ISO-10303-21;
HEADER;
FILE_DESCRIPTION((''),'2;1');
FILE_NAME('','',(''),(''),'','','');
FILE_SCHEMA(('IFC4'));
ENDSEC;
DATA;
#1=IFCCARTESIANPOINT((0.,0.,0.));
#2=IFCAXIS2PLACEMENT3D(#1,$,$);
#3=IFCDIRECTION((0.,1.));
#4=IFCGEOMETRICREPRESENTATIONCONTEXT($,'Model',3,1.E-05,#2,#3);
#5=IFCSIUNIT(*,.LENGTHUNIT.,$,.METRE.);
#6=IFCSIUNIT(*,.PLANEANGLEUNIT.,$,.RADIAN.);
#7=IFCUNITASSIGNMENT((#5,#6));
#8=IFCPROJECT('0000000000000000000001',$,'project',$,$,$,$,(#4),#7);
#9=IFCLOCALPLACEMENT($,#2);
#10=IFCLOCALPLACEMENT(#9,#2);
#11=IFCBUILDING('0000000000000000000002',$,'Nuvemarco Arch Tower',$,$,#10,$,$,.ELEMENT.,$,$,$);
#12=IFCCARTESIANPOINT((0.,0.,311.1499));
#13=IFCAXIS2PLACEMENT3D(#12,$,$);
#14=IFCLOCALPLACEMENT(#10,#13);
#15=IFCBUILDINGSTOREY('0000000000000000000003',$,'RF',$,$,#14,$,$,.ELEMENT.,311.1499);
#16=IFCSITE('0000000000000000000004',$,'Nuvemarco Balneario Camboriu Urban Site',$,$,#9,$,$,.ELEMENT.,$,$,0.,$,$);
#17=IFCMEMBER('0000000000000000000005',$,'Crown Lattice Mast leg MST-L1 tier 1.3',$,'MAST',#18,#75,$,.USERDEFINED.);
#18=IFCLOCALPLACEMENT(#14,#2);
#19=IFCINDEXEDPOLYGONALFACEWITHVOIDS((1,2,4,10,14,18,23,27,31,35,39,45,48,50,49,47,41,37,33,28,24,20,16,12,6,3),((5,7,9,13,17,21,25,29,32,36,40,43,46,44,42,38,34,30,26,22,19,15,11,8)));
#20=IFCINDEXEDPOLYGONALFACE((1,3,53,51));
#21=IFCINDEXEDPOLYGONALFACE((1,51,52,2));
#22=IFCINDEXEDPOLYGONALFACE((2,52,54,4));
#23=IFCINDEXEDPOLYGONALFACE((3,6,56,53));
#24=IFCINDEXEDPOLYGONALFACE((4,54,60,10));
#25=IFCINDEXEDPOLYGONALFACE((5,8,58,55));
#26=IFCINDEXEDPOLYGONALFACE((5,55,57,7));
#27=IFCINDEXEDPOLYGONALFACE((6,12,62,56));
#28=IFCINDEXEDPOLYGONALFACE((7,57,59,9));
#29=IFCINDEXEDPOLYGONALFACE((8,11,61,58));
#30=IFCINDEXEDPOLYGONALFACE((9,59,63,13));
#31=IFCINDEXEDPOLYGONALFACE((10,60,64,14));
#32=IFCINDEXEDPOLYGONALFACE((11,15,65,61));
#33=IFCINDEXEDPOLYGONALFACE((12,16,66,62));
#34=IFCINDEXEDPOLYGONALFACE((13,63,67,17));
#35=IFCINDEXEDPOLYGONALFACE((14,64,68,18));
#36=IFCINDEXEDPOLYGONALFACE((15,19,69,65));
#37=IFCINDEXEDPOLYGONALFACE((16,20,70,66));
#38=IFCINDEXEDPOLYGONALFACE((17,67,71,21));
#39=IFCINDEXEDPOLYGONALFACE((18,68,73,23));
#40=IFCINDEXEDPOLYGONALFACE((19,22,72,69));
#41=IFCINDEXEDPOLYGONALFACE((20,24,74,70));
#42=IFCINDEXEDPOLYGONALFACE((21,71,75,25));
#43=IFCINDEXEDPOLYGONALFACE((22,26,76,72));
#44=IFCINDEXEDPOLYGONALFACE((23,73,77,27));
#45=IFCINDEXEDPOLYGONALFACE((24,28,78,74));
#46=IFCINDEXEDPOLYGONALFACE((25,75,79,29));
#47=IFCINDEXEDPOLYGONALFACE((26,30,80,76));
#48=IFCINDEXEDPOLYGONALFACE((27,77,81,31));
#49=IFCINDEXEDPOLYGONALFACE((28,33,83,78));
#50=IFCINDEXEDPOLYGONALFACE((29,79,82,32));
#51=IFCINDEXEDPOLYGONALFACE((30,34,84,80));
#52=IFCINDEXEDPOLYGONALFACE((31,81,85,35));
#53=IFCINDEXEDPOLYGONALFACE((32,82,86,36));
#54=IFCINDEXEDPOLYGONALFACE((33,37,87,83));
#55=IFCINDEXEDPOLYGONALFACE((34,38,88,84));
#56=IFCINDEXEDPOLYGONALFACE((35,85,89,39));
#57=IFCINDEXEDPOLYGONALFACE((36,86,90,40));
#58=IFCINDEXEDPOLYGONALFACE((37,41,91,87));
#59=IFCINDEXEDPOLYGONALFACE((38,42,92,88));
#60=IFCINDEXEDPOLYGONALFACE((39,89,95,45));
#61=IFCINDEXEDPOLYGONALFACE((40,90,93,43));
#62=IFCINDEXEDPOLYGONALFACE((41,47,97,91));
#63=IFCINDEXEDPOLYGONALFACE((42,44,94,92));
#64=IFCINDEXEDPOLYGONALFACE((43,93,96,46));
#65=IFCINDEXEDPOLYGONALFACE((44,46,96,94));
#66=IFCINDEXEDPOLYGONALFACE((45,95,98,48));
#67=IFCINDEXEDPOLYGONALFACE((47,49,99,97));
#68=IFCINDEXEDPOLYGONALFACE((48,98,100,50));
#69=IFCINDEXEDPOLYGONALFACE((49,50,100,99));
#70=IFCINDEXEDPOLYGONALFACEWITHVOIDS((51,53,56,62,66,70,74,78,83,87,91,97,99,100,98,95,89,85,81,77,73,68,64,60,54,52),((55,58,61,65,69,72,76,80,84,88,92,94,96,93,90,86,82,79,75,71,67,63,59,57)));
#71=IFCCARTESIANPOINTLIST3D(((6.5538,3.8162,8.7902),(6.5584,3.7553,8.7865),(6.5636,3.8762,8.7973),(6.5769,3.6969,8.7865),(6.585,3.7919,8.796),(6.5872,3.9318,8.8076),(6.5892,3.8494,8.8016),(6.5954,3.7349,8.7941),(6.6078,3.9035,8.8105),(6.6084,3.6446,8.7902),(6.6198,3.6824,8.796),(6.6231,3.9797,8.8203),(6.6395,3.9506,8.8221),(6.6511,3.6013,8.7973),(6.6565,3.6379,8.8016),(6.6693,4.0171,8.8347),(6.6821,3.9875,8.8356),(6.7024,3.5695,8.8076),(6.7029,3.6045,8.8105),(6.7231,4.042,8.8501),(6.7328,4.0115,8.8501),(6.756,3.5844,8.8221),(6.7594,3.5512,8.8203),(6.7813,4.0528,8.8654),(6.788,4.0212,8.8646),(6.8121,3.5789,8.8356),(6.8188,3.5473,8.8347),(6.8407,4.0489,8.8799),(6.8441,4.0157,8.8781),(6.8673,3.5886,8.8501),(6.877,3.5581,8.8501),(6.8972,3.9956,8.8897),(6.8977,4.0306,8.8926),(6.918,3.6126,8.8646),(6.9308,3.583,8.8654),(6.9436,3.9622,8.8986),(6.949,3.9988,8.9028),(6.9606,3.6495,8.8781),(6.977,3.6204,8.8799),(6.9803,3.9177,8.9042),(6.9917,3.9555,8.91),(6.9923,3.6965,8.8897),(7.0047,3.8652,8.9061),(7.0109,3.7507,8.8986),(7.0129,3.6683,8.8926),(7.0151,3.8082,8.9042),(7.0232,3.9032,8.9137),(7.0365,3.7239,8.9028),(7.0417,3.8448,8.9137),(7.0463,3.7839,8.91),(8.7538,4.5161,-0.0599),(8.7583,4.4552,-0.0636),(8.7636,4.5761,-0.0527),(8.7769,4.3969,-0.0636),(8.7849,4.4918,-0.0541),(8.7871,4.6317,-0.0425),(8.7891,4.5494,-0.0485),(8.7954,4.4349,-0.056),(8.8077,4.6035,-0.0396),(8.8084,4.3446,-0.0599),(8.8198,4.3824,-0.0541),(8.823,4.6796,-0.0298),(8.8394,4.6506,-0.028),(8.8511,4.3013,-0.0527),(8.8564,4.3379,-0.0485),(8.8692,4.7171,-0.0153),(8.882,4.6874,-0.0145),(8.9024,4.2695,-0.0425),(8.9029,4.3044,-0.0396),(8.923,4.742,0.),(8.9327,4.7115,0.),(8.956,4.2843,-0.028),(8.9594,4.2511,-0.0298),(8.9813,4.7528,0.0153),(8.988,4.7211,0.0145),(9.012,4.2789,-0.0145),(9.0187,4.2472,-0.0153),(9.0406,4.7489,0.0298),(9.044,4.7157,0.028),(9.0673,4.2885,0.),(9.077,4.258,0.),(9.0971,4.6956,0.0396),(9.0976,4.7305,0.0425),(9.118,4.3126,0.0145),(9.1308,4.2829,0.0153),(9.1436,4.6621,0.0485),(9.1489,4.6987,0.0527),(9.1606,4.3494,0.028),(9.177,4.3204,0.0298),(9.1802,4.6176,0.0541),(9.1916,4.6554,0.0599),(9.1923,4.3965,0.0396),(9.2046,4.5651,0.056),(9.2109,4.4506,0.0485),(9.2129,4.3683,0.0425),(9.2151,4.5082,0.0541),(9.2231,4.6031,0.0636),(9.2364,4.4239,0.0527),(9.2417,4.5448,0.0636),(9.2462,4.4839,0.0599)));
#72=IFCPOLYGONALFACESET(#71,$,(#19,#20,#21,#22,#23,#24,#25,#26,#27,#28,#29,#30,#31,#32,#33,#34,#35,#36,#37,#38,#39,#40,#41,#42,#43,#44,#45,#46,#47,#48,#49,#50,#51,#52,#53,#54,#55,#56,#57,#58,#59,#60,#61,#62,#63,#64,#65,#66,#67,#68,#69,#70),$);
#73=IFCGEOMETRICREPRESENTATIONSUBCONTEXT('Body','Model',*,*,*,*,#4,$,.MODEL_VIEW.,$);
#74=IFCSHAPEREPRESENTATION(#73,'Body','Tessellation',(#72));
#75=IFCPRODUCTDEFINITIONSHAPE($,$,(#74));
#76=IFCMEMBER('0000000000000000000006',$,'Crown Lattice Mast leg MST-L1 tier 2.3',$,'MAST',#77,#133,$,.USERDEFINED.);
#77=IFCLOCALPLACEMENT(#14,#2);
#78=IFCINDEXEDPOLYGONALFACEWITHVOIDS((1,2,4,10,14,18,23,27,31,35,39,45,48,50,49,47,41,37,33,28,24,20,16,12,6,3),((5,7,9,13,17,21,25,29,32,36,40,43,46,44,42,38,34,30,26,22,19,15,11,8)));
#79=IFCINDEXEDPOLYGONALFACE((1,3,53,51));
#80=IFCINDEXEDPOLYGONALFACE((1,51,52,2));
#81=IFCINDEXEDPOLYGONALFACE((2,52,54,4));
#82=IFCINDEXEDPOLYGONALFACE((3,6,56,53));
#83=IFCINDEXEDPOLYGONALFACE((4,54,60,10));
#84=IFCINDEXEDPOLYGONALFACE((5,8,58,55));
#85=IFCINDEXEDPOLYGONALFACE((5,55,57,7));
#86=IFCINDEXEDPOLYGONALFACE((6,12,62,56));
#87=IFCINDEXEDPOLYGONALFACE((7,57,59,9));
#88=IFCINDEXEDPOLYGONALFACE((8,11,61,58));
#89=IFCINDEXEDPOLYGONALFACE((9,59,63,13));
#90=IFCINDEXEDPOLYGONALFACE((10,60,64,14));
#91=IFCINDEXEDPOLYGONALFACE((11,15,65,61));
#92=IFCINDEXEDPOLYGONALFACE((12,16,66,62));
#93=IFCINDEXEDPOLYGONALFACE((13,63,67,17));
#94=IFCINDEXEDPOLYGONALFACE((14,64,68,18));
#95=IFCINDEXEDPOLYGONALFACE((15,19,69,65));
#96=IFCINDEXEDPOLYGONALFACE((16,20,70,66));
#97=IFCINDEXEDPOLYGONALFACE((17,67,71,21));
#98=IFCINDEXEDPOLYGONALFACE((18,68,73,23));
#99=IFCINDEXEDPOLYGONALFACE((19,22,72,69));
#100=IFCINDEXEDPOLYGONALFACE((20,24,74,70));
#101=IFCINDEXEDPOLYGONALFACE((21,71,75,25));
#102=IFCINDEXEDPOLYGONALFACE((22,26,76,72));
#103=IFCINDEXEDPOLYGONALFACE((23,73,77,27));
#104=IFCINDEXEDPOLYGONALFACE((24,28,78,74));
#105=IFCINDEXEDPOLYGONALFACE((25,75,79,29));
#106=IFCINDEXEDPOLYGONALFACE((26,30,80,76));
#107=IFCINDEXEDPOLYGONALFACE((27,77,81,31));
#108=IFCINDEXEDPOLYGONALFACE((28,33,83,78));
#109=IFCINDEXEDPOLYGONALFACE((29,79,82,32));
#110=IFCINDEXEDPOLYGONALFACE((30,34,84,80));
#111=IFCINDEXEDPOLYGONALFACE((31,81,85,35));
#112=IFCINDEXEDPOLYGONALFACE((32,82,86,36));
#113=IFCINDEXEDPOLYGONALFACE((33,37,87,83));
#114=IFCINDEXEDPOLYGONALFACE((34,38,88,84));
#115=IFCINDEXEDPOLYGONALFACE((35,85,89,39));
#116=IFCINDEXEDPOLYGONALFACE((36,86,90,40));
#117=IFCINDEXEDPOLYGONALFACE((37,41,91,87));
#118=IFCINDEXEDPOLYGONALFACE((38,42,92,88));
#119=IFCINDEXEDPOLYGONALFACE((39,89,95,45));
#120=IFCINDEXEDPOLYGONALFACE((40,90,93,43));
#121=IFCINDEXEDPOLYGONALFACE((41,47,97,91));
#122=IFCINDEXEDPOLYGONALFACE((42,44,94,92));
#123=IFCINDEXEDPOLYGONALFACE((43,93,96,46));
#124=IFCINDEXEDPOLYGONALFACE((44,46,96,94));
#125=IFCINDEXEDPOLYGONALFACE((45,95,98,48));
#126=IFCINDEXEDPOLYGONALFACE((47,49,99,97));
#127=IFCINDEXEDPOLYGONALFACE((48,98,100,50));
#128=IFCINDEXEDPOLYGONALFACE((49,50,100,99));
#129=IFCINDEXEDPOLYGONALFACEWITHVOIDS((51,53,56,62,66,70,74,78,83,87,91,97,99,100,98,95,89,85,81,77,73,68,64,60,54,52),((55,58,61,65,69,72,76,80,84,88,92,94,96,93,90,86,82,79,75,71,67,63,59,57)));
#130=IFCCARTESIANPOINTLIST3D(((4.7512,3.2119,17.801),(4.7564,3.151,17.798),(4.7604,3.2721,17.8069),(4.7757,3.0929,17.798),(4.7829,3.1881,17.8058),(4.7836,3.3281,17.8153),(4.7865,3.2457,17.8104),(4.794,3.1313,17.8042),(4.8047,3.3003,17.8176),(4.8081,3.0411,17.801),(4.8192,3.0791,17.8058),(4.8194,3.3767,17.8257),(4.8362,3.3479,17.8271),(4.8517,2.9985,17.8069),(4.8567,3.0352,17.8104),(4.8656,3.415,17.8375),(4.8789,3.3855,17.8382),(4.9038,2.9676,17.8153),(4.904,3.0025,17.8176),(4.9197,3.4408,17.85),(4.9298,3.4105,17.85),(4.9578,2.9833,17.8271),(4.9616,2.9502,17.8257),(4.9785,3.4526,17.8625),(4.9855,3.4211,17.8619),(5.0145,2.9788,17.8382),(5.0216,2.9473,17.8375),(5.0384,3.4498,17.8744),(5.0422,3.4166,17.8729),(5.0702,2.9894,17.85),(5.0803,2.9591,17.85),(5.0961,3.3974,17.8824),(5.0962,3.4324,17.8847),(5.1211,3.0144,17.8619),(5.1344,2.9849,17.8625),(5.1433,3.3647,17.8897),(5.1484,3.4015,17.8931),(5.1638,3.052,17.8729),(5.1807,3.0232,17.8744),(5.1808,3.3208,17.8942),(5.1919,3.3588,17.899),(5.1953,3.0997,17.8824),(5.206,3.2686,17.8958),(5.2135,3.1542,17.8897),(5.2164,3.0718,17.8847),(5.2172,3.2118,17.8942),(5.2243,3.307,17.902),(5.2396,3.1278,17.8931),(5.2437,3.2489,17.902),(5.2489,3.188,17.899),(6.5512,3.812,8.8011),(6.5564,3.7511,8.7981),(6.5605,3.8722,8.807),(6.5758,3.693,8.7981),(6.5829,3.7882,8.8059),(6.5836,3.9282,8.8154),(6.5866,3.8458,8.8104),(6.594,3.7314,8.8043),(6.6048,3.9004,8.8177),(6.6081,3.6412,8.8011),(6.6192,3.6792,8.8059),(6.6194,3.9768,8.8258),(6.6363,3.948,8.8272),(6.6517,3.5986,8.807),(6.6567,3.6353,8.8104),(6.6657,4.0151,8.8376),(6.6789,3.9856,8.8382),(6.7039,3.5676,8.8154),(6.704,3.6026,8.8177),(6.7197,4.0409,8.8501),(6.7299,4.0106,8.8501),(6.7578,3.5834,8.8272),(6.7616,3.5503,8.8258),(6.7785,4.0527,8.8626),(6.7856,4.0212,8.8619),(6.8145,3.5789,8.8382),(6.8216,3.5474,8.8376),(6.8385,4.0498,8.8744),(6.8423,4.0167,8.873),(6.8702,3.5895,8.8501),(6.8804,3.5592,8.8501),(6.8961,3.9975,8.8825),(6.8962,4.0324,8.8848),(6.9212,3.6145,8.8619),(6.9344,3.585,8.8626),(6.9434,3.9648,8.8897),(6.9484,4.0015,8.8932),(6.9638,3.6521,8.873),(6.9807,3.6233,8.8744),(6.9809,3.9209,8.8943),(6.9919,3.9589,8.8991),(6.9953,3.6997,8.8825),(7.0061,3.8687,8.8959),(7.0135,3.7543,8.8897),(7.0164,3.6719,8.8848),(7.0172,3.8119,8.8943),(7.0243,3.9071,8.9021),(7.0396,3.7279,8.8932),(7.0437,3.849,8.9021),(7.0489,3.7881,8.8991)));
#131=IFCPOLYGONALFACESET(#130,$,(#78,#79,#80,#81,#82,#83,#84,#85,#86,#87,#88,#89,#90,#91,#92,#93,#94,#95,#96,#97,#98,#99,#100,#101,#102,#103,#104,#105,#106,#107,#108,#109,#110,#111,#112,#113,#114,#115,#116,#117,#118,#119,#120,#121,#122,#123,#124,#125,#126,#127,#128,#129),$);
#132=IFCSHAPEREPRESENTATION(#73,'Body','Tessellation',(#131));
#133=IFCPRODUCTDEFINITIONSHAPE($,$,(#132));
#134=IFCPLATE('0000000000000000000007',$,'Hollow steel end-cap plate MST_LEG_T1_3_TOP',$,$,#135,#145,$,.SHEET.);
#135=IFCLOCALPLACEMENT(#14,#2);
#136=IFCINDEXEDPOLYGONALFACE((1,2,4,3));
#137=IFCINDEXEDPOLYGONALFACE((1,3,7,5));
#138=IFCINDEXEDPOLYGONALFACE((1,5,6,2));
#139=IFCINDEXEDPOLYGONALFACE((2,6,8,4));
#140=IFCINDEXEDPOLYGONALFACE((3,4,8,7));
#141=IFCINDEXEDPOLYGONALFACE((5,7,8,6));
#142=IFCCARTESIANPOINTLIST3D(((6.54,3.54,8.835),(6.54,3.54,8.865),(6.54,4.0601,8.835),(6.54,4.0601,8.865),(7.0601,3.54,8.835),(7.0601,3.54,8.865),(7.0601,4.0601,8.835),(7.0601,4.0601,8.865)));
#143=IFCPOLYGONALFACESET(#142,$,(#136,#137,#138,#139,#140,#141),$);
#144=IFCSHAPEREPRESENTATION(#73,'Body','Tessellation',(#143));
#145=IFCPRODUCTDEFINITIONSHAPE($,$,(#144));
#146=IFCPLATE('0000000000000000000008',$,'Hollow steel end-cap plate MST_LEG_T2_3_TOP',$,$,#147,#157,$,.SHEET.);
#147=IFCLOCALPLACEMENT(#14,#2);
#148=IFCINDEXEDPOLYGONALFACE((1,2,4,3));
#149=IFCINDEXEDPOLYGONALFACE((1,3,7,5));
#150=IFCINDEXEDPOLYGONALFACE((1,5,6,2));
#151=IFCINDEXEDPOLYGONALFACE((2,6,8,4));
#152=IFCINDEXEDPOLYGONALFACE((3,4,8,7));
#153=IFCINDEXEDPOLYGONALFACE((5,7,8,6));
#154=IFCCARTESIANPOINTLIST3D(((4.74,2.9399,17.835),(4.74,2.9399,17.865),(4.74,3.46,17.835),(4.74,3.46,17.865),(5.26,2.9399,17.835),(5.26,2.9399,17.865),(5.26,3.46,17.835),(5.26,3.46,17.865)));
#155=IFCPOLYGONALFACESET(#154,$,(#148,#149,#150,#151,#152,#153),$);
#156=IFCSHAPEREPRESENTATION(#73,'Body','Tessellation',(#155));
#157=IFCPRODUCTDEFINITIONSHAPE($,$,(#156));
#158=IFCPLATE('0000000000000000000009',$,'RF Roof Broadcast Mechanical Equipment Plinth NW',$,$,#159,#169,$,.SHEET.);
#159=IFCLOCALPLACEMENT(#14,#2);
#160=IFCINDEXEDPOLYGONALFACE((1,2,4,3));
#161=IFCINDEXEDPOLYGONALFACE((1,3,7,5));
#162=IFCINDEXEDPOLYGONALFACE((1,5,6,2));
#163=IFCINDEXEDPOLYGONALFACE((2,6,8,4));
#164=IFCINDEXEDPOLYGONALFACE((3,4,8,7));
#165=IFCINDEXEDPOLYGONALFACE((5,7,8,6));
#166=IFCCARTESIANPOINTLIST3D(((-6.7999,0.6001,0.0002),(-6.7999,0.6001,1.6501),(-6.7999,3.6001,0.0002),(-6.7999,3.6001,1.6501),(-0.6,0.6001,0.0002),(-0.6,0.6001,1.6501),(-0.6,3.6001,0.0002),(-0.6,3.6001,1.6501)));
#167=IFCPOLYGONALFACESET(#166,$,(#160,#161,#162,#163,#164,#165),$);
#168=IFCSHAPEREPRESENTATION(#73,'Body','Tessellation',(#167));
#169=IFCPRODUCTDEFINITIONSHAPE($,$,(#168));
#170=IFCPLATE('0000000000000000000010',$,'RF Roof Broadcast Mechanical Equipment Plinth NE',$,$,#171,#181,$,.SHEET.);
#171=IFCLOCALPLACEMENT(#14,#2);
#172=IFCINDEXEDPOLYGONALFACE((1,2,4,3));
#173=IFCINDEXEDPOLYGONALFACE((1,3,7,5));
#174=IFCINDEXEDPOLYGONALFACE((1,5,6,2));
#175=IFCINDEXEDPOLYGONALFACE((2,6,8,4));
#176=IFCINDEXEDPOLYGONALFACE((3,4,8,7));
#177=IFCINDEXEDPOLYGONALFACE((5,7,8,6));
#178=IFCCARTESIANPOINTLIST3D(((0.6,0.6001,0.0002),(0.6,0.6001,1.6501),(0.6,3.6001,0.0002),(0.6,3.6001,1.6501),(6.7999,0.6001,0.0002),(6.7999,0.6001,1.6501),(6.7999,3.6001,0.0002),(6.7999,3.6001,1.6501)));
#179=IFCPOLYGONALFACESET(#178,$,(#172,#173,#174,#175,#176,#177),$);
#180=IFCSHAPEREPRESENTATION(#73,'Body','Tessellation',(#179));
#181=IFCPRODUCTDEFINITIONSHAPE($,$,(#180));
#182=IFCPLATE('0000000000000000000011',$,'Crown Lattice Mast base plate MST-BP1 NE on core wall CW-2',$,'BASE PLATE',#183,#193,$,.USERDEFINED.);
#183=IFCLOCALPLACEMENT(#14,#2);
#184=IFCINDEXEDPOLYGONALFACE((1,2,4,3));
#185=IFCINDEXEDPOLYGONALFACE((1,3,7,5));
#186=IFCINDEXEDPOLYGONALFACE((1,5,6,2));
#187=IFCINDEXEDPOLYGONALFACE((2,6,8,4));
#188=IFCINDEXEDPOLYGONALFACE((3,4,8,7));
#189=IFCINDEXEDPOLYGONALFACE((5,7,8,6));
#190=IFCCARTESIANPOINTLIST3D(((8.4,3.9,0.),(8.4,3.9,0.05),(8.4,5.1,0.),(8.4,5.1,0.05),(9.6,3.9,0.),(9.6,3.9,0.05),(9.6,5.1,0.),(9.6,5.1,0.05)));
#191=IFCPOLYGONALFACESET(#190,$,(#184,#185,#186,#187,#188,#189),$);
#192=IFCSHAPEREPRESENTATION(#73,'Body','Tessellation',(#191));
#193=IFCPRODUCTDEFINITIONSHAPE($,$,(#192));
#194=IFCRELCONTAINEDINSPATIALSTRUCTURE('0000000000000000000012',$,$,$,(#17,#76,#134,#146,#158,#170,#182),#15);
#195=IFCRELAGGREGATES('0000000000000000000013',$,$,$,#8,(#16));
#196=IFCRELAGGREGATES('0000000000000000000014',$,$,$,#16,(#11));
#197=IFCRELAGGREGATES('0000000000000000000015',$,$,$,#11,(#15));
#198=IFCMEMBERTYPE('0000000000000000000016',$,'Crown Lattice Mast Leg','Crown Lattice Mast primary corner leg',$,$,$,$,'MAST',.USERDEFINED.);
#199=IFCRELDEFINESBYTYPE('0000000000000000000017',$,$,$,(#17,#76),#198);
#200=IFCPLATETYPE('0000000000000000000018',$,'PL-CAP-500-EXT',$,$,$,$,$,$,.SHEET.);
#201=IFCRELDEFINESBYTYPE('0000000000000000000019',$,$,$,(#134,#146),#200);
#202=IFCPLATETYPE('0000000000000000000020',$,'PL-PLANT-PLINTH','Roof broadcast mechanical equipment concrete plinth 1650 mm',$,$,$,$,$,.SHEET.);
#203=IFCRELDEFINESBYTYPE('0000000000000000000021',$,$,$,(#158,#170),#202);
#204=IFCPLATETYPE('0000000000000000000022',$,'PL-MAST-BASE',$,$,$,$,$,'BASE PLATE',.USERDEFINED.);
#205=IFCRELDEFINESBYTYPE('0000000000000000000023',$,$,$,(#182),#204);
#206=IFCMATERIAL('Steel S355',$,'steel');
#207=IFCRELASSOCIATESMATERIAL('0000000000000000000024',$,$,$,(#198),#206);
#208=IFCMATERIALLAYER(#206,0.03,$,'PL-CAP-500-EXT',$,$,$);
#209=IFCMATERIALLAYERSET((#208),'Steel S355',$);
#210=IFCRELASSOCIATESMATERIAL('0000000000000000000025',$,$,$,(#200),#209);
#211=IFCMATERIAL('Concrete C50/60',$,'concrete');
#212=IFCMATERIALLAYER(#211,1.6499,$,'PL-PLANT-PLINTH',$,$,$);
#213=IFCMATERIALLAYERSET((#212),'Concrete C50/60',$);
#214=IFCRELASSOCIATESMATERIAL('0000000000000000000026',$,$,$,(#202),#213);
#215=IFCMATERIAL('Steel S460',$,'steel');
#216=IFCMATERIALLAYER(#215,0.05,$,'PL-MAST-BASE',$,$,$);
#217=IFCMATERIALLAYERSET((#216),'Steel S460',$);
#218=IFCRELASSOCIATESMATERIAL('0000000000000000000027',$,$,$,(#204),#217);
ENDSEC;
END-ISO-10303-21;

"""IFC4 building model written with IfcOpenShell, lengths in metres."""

from ifc_helpers import new_model, si_unit, direction, frame, origin, origin_2d, place, context, subcontext, project, spatial, rectangle, hollow_circle, extrude, source, transform, mapped, material, layer, layer_set, material_profile, profile_set, type_object, type_shapes, element, save


model = new_model("IFC4")

# Units and contexts
model_context = context("Model", 3, precision=1e-05, world=origin(), true_north=direction((0.0, 1.0)))
body_context = subcontext(model_context, "Body", "Model", "MODEL_VIEW")
ifc_project = project(units=[si_unit("LENGTHUNIT", "METRE"), si_unit("PLANEANGLEUNIT", "RADIAN")], contexts=[model_context])

# Site, building, storey
site_placement = place(None, origin())
site = spatial("IfcSite", under=ifc_project, at=site_placement, Name="Nuvemarco Balneario Camboriu Urban Site", CompositionType="ELEMENT", RefElevation=0.0)
building_placement = place(site_placement, origin())
building = spatial("IfcBuilding", under=site, at=building_placement, Name="Nuvemarco Arch Tower", CompositionType="ELEMENT")
storey_placement = place(building_placement, frame((0.0, 0.0, 311.1499)))
storey = spatial("IfcBuildingStorey", under=building, at=storey_placement, Name="RF", CompositionType="ELEMENT", Elevation=311.1499)

# Members
ifc_material_1 = material(Name="Steel S355", Category="steel")
ifc_material_profile_1 = material_profile(ifc_material_1, hollow_circle(Radius=0.2539, WallThickness=0.032, at=origin_2d()), Name="CHS508x32")
ifc_profile_set_1 = profile_set([ifc_material_profile_1], Name="Steel S355")
member_type_1 = type_object("IfcMemberType", Name="Crown Lattice Mast Leg", Description="Crown Lattice Mast primary corner leg", ElementType="MAST", PredefinedType="USERDEFINED", material=ifc_profile_set_1)
member_1_placement = place(storey_placement, frame((9.0, 4.5, 0.0), z_axis=(-0.24053, -0.076529, 0.96762), x_axis=(0.303191, -0.95293, 0.0)))
element("IfcMember", 1, at=member_1_placement, inside=storey, type_object=member_type_1, Name="Crown Lattice Mast leg MST-L1 tier 1.3", ObjectType="MAST", PredefinedType="USERDEFINED", context=body_context, shape_type="SweptSolid", body=[
    extrude(hollow_circle(Radius=0.2539, WallThickness=0.032, at=origin_2d()), origin(), (0.0, 0.0, 1.0), 9.1462),
])
member_2_placement = place(storey_placement, frame((6.8, 3.8, 8.8501), z_axis=(-0.195703, -0.065243, 0.97849), x_axis=(0.316266, -0.94867, 0.0)))
element("IfcMember", 2, at=member_2_placement, inside=storey, type_object=member_type_1, Name="Crown Lattice Mast leg MST-L1 tier 2.3", ObjectType="MAST", PredefinedType="USERDEFINED", context=body_context, shape_type="SweptSolid", body=[
    extrude(hollow_circle(Radius=0.2539, WallThickness=0.032, at=origin_2d()), origin(), (0.0, 0.0, 1.0), 9.1978),
])

# Plates
ifc_layer_1 = layer(ifc_material_1, 0.03, Name="PL-CAP-500-EXT")
ifc_layer_set_1 = layer_set([ifc_layer_1], Name="Steel S355")
plate_type_1 = type_object("IfcPlateType", Name="PL-CAP-500-EXT", PredefinedType="SHEET", material=ifc_layer_set_1)
shared_shape_1 = source(origin(), body_context, "Body", "SweptSolid", [
    extrude(rectangle(XDim=0.52, YDim=0.52, at=origin_2d()), origin(), (0.0, 0.0, 1.0), 0.03),
])
type_shapes(plate_type_1, [shared_shape_1])
for number, where, z_axis, x_axis, name in (
    (3, (6.8, 3.8, 8.835), (0.0, 0.0, 1.0), (1.0, 0.0, 0.0), "Hollow steel end-cap plate MST_LEG_T1_3_TOP"),
    (4, (5.0, 3.2, 17.835), (0.0, 0.0, 1.0), (1.0, 0.0, 0.0), "Hollow steel end-cap plate MST_LEG_T2_3_TOP"),
):
    element("IfcPlate", number, at=place(storey_placement, frame(where, z_axis=z_axis, x_axis=x_axis)), inside=storey, type_object=plate_type_1, Name=name, PredefinedType="SHEET", context=body_context, shape_type="MappedRepresentation", body=[
        mapped(shared_shape_1, transform((0.0, 0.0, 0.0), scale=1.0)),
    ])
ifc_material_2 = material(Name="Concrete C50/60", Category="concrete")
ifc_layer_2 = layer(ifc_material_2, 1.6499, Name="PL-PLANT-PLINTH")
ifc_layer_set_2 = layer_set([ifc_layer_2], Name="Concrete C50/60")
plate_type_2 = type_object("IfcPlateType", Name="PL-PLANT-PLINTH", Description="Roof broadcast mechanical equipment concrete plinth 1650 mm", PredefinedType="SHEET", material=ifc_layer_set_2)
shared_shape_2 = source(origin(), body_context, "Body", "SweptSolid", [
    extrude(rectangle(XDim=6.2, YDim=3.0, at=origin_2d()), origin(), (0.0, 0.0, 1.0), 1.6499),
])
type_shapes(plate_type_2, [shared_shape_2])
for number, where, z_axis, x_axis, name in (
    (5, (-3.7, 2.1001, 0.0002), (0.0, 0.0, 1.0), (1.0, 0.0, 0.0), "RF Roof Broadcast Mechanical Equipment Plinth NW"),
    (6, (3.7, 2.1001, 0.0002), (0.0, 0.0, 1.0), (1.0, 0.0, 0.0), "RF Roof Broadcast Mechanical Equipment Plinth NE"),
):
    element("IfcPlate", number, at=place(storey_placement, frame(where, z_axis=z_axis, x_axis=x_axis)), inside=storey, type_object=plate_type_2, Name=name, PredefinedType="SHEET", context=body_context, shape_type="MappedRepresentation", body=[
        mapped(shared_shape_2, transform((0.0, 0.0, 0.0), scale=1.0)),
    ])
ifc_material_3 = material(Name="Steel S460", Category="steel")
ifc_layer_3 = layer(ifc_material_3, 0.05, Name="PL-MAST-BASE")
ifc_layer_set_3 = layer_set([ifc_layer_3], Name="Steel S460")
plate_type_3 = type_object("IfcPlateType", Name="PL-MAST-BASE", ElementType="BASE PLATE", PredefinedType="USERDEFINED", material=ifc_layer_set_3)
shared_shape_3 = source(origin(), body_context, "Body", "SweptSolid", [
    extrude(rectangle(XDim=1.2, YDim=1.2, at=origin_2d()), origin(), (0.0, 0.0, 1.0), 0.05),
])
type_shapes(plate_type_3, [shared_shape_3])
plate_placement = place(storey_placement, frame((9.0, 4.5, 0.0), z_axis=(0.0, 0.0, 1.0), x_axis=(1.0, 0.0, 0.0)))
element("IfcPlate", 7, at=plate_placement, inside=storey, type_object=plate_type_3, Name="Crown Lattice Mast base plate MST-BP1 NE on core wall CW-2", ObjectType="BASE PLATE", PredefinedType="USERDEFINED", context=body_context, shape_type="MappedRepresentation", body=[
    mapped(shared_shape_3, transform((0.0, 0.0, 0.0), scale=1.0)),
])

save(model, "model.ifc")
